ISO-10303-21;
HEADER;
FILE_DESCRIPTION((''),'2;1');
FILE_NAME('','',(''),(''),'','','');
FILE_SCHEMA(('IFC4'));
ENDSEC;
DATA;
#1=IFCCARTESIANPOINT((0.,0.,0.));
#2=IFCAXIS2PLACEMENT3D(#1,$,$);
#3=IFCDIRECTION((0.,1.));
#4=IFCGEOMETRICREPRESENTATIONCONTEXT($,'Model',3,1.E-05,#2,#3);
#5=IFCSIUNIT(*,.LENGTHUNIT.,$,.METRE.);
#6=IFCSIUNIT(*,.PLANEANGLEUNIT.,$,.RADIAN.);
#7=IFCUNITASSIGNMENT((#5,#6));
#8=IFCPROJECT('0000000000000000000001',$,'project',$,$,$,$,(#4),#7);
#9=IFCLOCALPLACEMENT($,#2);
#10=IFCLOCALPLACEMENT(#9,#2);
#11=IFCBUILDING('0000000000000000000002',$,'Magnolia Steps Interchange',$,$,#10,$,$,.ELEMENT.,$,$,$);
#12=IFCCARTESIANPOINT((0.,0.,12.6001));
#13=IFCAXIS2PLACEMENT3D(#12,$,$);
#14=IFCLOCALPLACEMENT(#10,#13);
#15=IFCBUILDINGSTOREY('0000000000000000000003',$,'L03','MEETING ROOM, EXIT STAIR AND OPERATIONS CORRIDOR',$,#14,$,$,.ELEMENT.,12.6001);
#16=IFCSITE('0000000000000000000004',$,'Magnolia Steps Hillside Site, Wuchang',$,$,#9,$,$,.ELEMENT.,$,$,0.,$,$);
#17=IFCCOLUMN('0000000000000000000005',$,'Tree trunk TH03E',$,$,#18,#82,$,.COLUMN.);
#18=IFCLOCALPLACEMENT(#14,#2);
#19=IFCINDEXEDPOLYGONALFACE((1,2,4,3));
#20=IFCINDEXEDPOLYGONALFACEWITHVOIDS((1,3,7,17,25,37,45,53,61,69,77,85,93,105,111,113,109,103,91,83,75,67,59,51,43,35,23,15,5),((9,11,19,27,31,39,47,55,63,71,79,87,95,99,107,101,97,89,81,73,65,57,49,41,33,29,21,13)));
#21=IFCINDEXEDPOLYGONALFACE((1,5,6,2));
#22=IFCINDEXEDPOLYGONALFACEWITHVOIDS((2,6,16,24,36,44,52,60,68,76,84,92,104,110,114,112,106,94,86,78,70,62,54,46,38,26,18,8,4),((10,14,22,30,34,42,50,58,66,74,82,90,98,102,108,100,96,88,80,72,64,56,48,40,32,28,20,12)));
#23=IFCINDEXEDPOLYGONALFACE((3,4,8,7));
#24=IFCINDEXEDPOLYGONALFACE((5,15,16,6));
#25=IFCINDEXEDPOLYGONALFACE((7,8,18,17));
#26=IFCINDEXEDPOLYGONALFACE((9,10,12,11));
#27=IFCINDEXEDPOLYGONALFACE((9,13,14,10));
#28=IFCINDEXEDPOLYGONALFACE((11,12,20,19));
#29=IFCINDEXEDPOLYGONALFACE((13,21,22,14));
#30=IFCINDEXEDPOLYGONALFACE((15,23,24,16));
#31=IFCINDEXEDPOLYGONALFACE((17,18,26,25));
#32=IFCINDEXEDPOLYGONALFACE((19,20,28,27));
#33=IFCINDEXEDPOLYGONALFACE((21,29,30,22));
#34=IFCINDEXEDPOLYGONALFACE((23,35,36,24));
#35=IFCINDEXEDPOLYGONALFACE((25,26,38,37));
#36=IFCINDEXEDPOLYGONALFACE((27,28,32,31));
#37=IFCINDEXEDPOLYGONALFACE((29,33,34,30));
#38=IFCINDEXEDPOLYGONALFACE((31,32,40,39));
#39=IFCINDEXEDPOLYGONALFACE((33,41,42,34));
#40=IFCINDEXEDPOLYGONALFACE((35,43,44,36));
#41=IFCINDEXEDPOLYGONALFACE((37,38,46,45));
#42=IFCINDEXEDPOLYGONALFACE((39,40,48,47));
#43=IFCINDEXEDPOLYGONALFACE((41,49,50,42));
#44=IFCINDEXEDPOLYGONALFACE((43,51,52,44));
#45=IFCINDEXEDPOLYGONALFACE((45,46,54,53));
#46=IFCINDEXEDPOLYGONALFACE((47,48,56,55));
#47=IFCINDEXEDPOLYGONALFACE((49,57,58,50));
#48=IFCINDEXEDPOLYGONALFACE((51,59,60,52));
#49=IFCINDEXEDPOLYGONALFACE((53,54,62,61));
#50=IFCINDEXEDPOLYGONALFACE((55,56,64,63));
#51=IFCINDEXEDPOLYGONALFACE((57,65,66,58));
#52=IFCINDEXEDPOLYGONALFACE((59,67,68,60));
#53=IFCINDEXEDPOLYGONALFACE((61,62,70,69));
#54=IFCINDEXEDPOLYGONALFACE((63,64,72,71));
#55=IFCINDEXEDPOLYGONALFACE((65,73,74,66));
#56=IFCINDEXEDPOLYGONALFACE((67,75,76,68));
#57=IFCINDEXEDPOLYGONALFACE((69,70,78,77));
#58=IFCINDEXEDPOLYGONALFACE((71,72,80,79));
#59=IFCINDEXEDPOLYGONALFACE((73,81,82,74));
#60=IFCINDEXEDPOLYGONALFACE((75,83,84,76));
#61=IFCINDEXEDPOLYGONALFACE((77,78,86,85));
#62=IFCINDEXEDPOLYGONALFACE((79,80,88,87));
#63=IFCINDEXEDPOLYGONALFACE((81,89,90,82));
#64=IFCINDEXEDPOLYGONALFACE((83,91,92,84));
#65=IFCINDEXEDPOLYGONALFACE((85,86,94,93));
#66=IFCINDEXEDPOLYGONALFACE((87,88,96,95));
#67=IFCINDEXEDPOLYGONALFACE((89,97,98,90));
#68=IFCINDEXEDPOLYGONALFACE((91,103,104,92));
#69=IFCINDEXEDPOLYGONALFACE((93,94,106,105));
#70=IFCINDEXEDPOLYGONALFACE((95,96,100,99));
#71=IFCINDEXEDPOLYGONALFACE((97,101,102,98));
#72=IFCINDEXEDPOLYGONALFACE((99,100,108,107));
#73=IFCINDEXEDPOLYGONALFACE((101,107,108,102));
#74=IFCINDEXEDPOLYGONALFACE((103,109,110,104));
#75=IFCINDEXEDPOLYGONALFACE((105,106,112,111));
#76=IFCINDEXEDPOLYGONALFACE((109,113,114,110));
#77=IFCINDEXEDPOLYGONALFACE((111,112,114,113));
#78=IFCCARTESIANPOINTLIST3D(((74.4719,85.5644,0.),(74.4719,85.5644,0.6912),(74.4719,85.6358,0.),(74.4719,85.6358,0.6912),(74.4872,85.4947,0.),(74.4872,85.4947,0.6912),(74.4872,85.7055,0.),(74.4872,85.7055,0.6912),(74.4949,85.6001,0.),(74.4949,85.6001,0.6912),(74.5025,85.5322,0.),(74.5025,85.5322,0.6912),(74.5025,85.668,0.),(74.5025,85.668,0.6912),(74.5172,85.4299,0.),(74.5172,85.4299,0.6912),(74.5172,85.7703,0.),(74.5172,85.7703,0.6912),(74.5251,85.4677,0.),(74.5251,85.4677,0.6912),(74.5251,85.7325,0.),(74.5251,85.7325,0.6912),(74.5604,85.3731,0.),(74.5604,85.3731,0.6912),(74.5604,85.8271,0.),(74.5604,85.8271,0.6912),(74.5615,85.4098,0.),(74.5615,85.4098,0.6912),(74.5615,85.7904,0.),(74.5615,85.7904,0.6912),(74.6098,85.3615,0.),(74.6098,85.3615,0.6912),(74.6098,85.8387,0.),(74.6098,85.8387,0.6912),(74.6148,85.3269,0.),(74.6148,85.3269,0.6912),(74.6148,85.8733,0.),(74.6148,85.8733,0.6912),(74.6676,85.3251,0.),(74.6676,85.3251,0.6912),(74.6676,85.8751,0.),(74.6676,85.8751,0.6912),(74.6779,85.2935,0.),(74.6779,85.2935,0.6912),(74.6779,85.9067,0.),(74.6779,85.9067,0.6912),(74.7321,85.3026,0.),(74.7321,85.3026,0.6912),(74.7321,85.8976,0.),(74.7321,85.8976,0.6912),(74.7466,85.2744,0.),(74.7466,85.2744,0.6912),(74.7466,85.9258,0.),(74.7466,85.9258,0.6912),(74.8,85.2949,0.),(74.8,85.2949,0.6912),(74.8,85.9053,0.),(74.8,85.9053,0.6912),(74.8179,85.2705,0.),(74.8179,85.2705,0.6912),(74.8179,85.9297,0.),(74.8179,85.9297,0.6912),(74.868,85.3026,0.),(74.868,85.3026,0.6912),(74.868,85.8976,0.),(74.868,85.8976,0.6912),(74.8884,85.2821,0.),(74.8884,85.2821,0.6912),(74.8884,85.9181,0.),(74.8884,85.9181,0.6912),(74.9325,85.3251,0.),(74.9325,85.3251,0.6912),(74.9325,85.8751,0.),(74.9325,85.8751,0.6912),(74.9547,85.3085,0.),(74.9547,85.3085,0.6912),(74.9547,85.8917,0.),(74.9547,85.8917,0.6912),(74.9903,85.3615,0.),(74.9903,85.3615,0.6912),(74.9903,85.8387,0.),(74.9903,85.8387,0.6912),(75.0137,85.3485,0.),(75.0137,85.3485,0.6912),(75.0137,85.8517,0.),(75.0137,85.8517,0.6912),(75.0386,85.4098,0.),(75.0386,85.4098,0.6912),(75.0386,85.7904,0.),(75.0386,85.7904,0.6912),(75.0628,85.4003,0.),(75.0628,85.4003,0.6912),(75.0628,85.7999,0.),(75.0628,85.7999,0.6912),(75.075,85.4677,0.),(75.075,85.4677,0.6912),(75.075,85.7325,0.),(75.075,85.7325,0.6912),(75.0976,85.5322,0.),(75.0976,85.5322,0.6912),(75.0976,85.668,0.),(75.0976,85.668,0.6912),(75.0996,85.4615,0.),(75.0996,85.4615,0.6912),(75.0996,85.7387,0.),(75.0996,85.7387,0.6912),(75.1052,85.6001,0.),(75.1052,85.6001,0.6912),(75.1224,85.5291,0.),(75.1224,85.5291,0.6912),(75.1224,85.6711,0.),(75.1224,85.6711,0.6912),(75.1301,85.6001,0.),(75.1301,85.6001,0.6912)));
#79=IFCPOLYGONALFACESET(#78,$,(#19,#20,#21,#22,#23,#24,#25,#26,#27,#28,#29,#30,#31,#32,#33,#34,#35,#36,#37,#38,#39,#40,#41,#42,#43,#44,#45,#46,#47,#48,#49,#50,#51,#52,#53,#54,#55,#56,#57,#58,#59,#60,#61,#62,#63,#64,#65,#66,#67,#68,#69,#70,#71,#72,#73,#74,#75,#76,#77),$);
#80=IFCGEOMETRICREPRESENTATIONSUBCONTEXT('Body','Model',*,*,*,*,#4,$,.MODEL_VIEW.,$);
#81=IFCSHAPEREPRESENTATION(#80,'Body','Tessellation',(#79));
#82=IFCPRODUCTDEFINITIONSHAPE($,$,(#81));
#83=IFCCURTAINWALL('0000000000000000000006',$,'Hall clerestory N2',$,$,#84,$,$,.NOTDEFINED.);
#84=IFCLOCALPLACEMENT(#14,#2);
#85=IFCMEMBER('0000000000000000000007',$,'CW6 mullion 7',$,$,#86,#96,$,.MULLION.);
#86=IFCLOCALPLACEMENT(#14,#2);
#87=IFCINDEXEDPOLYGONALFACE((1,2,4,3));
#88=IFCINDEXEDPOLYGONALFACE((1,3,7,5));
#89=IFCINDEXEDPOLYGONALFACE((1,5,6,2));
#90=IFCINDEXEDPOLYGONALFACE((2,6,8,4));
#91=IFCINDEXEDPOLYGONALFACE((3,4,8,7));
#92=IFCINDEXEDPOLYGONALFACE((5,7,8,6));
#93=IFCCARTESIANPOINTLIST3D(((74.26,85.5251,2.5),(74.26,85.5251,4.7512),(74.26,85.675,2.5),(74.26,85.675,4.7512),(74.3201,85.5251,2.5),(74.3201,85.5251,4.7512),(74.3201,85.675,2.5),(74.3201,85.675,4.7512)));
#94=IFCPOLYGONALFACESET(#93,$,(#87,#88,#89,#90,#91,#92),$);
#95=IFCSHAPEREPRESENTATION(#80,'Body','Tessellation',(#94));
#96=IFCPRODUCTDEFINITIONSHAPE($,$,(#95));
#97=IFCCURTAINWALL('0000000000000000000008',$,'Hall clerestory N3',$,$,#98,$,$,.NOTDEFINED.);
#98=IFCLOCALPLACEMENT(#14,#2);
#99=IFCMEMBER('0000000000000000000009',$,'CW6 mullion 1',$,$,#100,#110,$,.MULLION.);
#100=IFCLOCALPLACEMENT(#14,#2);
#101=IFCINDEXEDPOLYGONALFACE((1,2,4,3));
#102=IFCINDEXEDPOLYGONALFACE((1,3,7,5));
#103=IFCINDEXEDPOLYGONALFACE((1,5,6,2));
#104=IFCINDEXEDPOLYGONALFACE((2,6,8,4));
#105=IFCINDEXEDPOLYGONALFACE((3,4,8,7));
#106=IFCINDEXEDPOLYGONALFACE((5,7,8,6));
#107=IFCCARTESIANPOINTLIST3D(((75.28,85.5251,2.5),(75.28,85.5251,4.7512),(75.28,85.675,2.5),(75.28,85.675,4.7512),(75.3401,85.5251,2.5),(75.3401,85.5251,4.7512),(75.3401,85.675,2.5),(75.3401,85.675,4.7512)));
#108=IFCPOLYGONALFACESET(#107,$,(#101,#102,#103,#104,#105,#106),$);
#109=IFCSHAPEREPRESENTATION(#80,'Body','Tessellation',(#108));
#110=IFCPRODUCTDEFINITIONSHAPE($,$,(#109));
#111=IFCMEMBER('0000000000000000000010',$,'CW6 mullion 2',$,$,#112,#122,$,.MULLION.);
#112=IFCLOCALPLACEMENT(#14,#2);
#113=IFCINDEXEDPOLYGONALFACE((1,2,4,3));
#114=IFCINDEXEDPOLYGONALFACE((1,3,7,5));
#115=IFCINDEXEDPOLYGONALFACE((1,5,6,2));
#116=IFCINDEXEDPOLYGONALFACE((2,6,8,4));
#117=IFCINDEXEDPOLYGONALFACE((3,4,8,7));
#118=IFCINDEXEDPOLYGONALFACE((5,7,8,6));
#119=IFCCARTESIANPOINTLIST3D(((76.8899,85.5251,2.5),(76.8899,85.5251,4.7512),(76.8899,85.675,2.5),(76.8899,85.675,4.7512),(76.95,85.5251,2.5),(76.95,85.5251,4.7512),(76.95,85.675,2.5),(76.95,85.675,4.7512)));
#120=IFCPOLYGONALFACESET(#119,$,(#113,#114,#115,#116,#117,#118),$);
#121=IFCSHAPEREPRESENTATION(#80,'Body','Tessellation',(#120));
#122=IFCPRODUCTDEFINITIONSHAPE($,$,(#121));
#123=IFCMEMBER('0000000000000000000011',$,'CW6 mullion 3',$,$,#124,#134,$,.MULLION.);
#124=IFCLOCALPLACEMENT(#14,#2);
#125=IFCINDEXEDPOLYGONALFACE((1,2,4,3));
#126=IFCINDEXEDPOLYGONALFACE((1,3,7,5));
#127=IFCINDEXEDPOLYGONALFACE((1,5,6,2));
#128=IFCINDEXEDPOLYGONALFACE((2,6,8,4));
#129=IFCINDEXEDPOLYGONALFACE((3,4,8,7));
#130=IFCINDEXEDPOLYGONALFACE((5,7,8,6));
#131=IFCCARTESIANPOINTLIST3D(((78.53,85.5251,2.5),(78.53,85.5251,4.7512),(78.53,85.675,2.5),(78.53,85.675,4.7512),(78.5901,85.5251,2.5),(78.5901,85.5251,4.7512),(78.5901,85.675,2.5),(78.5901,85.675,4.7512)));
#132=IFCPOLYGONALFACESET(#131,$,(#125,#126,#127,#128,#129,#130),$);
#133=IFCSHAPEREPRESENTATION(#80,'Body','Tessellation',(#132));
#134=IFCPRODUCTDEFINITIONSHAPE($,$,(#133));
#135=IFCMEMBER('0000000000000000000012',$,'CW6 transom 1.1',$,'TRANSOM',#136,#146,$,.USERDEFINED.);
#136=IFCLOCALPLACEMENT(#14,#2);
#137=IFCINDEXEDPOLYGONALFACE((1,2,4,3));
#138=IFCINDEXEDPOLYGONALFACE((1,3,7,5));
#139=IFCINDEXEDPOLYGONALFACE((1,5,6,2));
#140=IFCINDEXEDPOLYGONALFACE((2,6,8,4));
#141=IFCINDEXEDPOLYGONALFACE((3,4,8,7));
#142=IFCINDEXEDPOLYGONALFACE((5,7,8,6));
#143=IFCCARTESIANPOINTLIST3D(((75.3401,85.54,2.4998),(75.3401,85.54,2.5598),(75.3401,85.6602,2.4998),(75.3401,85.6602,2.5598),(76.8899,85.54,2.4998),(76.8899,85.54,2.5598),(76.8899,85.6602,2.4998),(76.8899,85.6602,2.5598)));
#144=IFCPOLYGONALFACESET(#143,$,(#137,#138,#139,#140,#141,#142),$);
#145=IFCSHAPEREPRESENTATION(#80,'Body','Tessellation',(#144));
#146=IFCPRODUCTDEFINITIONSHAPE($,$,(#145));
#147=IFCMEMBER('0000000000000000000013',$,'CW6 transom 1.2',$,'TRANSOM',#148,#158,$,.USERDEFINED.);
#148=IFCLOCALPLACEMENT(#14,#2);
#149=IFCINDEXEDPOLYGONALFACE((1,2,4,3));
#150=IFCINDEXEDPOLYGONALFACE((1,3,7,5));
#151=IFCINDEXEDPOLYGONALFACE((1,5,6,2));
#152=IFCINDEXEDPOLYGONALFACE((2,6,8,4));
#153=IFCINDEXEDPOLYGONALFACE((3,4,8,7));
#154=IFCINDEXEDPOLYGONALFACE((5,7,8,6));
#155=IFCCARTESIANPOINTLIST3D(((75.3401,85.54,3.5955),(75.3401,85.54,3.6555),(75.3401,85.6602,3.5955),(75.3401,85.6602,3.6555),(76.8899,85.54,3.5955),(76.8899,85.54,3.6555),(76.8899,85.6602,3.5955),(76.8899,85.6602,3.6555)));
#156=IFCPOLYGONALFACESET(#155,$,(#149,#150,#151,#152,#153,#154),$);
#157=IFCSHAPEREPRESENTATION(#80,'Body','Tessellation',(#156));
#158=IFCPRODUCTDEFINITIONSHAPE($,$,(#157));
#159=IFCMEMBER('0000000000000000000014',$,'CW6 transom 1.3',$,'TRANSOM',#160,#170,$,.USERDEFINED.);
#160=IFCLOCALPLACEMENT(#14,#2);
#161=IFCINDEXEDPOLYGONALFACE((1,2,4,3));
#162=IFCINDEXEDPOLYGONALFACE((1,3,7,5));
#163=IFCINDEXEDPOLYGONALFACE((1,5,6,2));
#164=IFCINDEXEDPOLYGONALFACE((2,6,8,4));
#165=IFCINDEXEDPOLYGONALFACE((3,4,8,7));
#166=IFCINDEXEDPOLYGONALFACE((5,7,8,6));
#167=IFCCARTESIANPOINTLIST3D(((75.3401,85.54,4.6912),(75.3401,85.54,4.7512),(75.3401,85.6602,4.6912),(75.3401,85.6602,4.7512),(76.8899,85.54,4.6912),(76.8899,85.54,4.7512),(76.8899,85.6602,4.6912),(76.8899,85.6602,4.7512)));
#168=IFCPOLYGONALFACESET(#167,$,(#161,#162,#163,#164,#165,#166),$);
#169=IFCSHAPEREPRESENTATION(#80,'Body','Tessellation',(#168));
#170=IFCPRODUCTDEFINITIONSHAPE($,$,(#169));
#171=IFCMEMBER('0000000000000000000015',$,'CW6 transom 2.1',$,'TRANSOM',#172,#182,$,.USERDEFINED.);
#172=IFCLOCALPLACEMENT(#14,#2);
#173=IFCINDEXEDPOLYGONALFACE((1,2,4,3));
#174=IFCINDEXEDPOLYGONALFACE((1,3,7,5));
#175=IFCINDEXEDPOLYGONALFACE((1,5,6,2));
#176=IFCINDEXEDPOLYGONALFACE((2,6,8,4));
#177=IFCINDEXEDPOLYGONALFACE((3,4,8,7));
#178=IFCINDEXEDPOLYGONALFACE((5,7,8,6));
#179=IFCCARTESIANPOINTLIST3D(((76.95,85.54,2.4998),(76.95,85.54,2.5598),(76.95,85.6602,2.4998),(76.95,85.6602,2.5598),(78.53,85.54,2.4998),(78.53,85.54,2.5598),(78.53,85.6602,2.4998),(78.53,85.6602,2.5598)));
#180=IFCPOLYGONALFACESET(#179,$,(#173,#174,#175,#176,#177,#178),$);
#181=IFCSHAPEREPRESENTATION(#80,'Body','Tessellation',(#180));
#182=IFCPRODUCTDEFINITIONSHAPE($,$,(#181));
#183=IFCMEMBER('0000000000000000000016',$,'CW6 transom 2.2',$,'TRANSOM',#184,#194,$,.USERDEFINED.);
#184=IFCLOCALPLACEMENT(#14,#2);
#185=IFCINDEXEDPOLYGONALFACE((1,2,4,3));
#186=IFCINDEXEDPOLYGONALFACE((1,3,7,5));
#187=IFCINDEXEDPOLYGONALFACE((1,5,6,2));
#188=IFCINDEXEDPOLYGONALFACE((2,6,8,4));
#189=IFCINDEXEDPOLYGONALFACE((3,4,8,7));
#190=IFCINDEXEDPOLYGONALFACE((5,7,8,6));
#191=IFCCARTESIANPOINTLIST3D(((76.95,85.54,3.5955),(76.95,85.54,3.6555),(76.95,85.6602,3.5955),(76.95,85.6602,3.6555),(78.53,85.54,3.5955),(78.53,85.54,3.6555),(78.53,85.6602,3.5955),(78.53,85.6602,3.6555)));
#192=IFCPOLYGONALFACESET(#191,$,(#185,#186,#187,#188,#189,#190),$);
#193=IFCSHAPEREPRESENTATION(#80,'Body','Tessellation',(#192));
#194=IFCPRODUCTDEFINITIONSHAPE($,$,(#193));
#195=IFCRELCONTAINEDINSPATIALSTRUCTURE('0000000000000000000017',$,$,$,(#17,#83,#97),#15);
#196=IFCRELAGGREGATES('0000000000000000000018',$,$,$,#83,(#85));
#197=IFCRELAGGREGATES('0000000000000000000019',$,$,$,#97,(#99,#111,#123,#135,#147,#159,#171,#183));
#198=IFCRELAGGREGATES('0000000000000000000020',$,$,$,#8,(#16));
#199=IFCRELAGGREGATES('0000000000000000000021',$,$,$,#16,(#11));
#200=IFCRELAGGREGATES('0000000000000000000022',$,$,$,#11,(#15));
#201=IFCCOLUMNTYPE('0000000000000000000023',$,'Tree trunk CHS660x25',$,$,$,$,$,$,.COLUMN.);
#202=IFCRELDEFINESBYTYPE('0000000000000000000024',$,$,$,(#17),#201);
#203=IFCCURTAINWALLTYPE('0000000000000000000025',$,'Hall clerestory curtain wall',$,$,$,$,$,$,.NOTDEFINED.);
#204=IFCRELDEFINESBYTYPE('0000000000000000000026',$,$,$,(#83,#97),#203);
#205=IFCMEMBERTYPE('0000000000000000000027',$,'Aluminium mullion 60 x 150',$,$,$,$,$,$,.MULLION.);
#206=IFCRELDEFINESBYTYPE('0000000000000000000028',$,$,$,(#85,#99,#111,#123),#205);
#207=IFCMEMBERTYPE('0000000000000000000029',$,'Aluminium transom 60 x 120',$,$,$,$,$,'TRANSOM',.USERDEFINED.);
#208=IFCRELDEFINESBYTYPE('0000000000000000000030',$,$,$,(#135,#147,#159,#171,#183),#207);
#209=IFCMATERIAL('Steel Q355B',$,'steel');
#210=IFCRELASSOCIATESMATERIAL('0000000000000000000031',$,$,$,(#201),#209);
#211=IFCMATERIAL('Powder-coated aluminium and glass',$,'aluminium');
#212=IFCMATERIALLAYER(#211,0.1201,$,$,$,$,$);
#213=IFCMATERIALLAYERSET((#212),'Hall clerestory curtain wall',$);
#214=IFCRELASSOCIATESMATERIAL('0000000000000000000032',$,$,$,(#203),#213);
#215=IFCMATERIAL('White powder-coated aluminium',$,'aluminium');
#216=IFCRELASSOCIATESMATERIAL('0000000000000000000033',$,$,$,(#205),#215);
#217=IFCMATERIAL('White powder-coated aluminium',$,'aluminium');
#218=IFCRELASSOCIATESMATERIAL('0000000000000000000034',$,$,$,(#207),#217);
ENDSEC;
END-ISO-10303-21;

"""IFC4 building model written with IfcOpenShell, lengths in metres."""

from ifc_helpers import new_model, si_unit, direction, frame, origin, origin_2d, place, context, subcontext, project, spatial, rectangle, hollow_circle, extrude, material, layer, layer_set, material_profile, profile_set, type_object, element, aggregate, save


model = new_model("IFC4")

# Units and contexts
model_context = context("Model", 3, precision=1e-05, world=origin(), true_north=direction((0.0, 1.0)))
body_context = subcontext(model_context, "Body", "Model", "MODEL_VIEW")
ifc_project = project(units=[si_unit("LENGTHUNIT", "METRE"), si_unit("PLANEANGLEUNIT", "RADIAN")], contexts=[model_context])

# Site, building, storey
site_placement = place(None, origin())
site = spatial("IfcSite", under=ifc_project, at=site_placement, Name="Magnolia Steps Hillside Site, Wuchang", CompositionType="ELEMENT", RefElevation=0.0)
building_placement = place(site_placement, origin())
building = spatial("IfcBuilding", under=site, at=building_placement, Name="Magnolia Steps Interchange", CompositionType="ELEMENT")
storey_placement = place(building_placement, frame((0.0, 0.0, 12.6001)))
storey = spatial("IfcBuildingStorey", under=building, at=storey_placement, Name="L03", Description="MEETING ROOM, EXIT STAIR AND OPERATIONS CORRIDOR", CompositionType="ELEMENT", Elevation=12.6001)

# Column
ifc_material_1 = material(Name="Steel Q355B", Category="steel")
ifc_material_profile_1 = material_profile(ifc_material_1, hollow_circle(Radius=0.3301, WallThickness=0.0249, at=origin_2d()), Name="CHS660x25")
ifc_profile_set_1 = profile_set([ifc_material_profile_1], Name="Steel Q355B")
column_type = type_object("IfcColumnType", Name="Tree trunk CHS660x25", PredefinedType="COLUMN", material=ifc_profile_set_1)
column_placement = place(storey_placement, frame((74.8, 85.6001, 0.0), z_axis=(0.0, 0.0, 1.0), x_axis=(1.0, 0.0, 0.0)))
element("IfcColumn", 1, at=column_placement, inside=storey, type_object=column_type, Name="Tree trunk TH03E", PredefinedType="COLUMN", context=body_context, shape_type="SweptSolid", body=[
    extrude(hollow_circle(Radius=0.3301, WallThickness=0.0249, at=origin_2d()), origin(), (0.0, 0.0, 1.0), 0.6912),
])

# Curtain wall, member
ifc_material_2 = material(Name="Powder-coated aluminium and glass", Category="aluminium")
ifc_layer_1 = layer(ifc_material_2, 0.1201)
ifc_layer_set_1 = layer_set([ifc_layer_1], Name="Hall clerestory curtain wall")
curtain_wall_type = type_object("IfcCurtainWallType", Name="Hall clerestory curtain wall", PredefinedType="NOTDEFINED", material=ifc_layer_set_1)
curtain_wall_1_placement = place(storey_placement, origin())
curtain_wall_1 = element("IfcCurtainWall", 2, at=curtain_wall_1_placement, inside=storey, type_object=curtain_wall_type, Name="Hall clerestory N2", PredefinedType="NOTDEFINED")
ifc_material_3 = material(Name="White powder-coated aluminium", Category="aluminium")
ifc_material_profile_2 = material_profile(ifc_material_3, rectangle(XDim=0.0601, YDim=0.1499, at=origin_2d()), Name="Aluminium mullion 60 x 150")
ifc_profile_set_2 = profile_set([ifc_material_profile_2], Name="White powder-coated aluminium")
member_type_1 = type_object("IfcMemberType", Name="Aluminium mullion 60 x 150", PredefinedType="MULLION", material=ifc_profile_set_2)
member_1_placement = place(storey_placement, frame((74.29, 85.6001, 2.5), z_axis=(0.0, 0.0, 1.0), x_axis=(1.0, 0.0, 0.0)))
member_1 = element("IfcMember", 3, at=member_1_placement, type_object=member_type_1, Name="CW6 mullion 7", PredefinedType="MULLION", context=body_context, shape_type="SweptSolid", body=[
    extrude(rectangle(XDim=0.0601, YDim=0.1499, at=origin_2d()), origin(), (0.0, 0.0, 1.0), 2.2512),
])
aggregate(curtain_wall_1, [member_1])

# Curtain wall, members
curtain_wall_2_placement = place(storey_placement, origin())
curtain_wall_2 = element("IfcCurtainWall", 4, at=curtain_wall_2_placement, inside=storey, type_object=curtain_wall_type, Name="Hall clerestory N3", PredefinedType="NOTDEFINED")
member_2_placement = place(storey_placement, frame((75.3101, 85.6001, 2.5), z_axis=(0.0, 0.0, 1.0), x_axis=(1.0, 0.0, 0.0)))
member_2 = element("IfcMember", 5, at=member_2_placement, type_object=member_type_1, Name="CW6 mullion 1", PredefinedType="MULLION", context=body_context, shape_type="SweptSolid", body=[
    extrude(rectangle(XDim=0.0601, YDim=0.1499, at=origin_2d()), origin(), (0.0, 0.0, 1.0), 2.2512),
])
member_3_placement = place(storey_placement, frame((76.9199, 85.6001, 2.5), z_axis=(0.0, 0.0, 1.0), x_axis=(1.0, 0.0, 0.0)))
member_3 = element("IfcMember", 6, at=member_3_placement, type_object=member_type_1, Name="CW6 mullion 2", PredefinedType="MULLION", context=body_context, shape_type="SweptSolid", body=[
    extrude(rectangle(XDim=0.0601, YDim=0.1499, at=origin_2d()), origin(), (0.0, 0.0, 1.0), 2.2512),
])
member_4_placement = place(storey_placement, frame((78.5601, 85.6001, 2.5), z_axis=(0.0, 0.0, 1.0), x_axis=(1.0, 0.0, 0.0)))
member_4 = element("IfcMember", 7, at=member_4_placement, type_object=member_type_1, Name="CW6 mullion 3", PredefinedType="MULLION", context=body_context, shape_type="SweptSolid", body=[
    extrude(rectangle(XDim=0.0601, YDim=0.1499, at=origin_2d()), origin(), (0.0, 0.0, 1.0), 2.2512),
])
ifc_material_4 = material(Name="White powder-coated aluminium", Category="aluminium")
ifc_material_profile_3 = material_profile(ifc_material_4, rectangle(XDim=0.0601, YDim=0.1201, at=origin_2d()), Name="Aluminium transom 60 x 120")
ifc_profile_set_3 = profile_set([ifc_material_profile_3], Name="White powder-coated aluminium")
member_type_2 = type_object("IfcMemberType", Name="Aluminium transom 60 x 120", ElementType="TRANSOM", PredefinedType="USERDEFINED", material=ifc_profile_set_3)
member_5_placement = place(storey_placement, frame((75.3401, 85.6001, 2.5298), z_axis=(1.0, 0.0, 0.0), x_axis=(0.0, 0.0, 1.0)))
member_5 = element("IfcMember", 8, at=member_5_placement, type_object=member_type_2, Name="CW6 transom 1.1", ObjectType="TRANSOM", PredefinedType="USERDEFINED", context=body_context, shape_type="SweptSolid", body=[
    extrude(rectangle(XDim=0.0601, YDim=0.1201, at=origin_2d()), origin(), (0.0, 0.0, 1.0), 1.5498),
])
member_6_placement = place(storey_placement, frame((75.3401, 85.6001, 3.6255), z_axis=(1.0, 0.0, 0.0), x_axis=(0.0, 0.0, 1.0)))
member_6 = element("IfcMember", 9, at=member_6_placement, type_object=member_type_2, Name="CW6 transom 1.2", ObjectType="TRANSOM", PredefinedType="USERDEFINED", context=body_context, shape_type="SweptSolid", body=[
    extrude(rectangle(XDim=0.0601, YDim=0.1201, at=origin_2d()), origin(), (0.0, 0.0, 1.0), 1.5498),
])
member_7_placement = place(storey_placement, frame((75.3401, 85.6001, 4.7212), z_axis=(1.0, 0.0, 0.0), x_axis=(0.0, 0.0, 1.0)))
member_7 = element("IfcMember", 10, at=member_7_placement, type_object=member_type_2, Name="CW6 transom 1.3", ObjectType="TRANSOM", PredefinedType="USERDEFINED", context=body_context, shape_type="SweptSolid", body=[
    extrude(rectangle(XDim=0.0601, YDim=0.1201, at=origin_2d()), origin(), (0.0, 0.0, 1.0), 1.5498),
])
member_8_placement = place(storey_placement, frame((76.95, 85.6001, 2.5298), z_axis=(1.0, 0.0, 0.0), x_axis=(0.0, 0.0, 1.0)))
member_8 = element("IfcMember", 11, at=member_8_placement, type_object=member_type_2, Name="CW6 transom 2.1", ObjectType="TRANSOM", PredefinedType="USERDEFINED", context=body_context, shape_type="SweptSolid", body=[
    extrude(rectangle(XDim=0.0601, YDim=0.1201, at=origin_2d()), origin(), (0.0, 0.0, 1.0), 1.5801),
])
member_9_placement = place(storey_placement, frame((76.95, 85.6001, 3.6255), z_axis=(1.0, 0.0, 0.0), x_axis=(0.0, 0.0, 1.0)))
member_9 = element("IfcMember", 12, at=member_9_placement, type_object=member_type_2, Name="CW6 transom 2.2", ObjectType="TRANSOM", PredefinedType="USERDEFINED", context=body_context, shape_type="SweptSolid", body=[
    extrude(rectangle(XDim=0.0601, YDim=0.1201, at=origin_2d()), origin(), (0.0, 0.0, 1.0), 1.5801),
])

aggregate(curtain_wall_2, [member_2, member_3, member_4, member_5, member_6, member_7, member_8, member_9])

save(model, "model.ifc")
